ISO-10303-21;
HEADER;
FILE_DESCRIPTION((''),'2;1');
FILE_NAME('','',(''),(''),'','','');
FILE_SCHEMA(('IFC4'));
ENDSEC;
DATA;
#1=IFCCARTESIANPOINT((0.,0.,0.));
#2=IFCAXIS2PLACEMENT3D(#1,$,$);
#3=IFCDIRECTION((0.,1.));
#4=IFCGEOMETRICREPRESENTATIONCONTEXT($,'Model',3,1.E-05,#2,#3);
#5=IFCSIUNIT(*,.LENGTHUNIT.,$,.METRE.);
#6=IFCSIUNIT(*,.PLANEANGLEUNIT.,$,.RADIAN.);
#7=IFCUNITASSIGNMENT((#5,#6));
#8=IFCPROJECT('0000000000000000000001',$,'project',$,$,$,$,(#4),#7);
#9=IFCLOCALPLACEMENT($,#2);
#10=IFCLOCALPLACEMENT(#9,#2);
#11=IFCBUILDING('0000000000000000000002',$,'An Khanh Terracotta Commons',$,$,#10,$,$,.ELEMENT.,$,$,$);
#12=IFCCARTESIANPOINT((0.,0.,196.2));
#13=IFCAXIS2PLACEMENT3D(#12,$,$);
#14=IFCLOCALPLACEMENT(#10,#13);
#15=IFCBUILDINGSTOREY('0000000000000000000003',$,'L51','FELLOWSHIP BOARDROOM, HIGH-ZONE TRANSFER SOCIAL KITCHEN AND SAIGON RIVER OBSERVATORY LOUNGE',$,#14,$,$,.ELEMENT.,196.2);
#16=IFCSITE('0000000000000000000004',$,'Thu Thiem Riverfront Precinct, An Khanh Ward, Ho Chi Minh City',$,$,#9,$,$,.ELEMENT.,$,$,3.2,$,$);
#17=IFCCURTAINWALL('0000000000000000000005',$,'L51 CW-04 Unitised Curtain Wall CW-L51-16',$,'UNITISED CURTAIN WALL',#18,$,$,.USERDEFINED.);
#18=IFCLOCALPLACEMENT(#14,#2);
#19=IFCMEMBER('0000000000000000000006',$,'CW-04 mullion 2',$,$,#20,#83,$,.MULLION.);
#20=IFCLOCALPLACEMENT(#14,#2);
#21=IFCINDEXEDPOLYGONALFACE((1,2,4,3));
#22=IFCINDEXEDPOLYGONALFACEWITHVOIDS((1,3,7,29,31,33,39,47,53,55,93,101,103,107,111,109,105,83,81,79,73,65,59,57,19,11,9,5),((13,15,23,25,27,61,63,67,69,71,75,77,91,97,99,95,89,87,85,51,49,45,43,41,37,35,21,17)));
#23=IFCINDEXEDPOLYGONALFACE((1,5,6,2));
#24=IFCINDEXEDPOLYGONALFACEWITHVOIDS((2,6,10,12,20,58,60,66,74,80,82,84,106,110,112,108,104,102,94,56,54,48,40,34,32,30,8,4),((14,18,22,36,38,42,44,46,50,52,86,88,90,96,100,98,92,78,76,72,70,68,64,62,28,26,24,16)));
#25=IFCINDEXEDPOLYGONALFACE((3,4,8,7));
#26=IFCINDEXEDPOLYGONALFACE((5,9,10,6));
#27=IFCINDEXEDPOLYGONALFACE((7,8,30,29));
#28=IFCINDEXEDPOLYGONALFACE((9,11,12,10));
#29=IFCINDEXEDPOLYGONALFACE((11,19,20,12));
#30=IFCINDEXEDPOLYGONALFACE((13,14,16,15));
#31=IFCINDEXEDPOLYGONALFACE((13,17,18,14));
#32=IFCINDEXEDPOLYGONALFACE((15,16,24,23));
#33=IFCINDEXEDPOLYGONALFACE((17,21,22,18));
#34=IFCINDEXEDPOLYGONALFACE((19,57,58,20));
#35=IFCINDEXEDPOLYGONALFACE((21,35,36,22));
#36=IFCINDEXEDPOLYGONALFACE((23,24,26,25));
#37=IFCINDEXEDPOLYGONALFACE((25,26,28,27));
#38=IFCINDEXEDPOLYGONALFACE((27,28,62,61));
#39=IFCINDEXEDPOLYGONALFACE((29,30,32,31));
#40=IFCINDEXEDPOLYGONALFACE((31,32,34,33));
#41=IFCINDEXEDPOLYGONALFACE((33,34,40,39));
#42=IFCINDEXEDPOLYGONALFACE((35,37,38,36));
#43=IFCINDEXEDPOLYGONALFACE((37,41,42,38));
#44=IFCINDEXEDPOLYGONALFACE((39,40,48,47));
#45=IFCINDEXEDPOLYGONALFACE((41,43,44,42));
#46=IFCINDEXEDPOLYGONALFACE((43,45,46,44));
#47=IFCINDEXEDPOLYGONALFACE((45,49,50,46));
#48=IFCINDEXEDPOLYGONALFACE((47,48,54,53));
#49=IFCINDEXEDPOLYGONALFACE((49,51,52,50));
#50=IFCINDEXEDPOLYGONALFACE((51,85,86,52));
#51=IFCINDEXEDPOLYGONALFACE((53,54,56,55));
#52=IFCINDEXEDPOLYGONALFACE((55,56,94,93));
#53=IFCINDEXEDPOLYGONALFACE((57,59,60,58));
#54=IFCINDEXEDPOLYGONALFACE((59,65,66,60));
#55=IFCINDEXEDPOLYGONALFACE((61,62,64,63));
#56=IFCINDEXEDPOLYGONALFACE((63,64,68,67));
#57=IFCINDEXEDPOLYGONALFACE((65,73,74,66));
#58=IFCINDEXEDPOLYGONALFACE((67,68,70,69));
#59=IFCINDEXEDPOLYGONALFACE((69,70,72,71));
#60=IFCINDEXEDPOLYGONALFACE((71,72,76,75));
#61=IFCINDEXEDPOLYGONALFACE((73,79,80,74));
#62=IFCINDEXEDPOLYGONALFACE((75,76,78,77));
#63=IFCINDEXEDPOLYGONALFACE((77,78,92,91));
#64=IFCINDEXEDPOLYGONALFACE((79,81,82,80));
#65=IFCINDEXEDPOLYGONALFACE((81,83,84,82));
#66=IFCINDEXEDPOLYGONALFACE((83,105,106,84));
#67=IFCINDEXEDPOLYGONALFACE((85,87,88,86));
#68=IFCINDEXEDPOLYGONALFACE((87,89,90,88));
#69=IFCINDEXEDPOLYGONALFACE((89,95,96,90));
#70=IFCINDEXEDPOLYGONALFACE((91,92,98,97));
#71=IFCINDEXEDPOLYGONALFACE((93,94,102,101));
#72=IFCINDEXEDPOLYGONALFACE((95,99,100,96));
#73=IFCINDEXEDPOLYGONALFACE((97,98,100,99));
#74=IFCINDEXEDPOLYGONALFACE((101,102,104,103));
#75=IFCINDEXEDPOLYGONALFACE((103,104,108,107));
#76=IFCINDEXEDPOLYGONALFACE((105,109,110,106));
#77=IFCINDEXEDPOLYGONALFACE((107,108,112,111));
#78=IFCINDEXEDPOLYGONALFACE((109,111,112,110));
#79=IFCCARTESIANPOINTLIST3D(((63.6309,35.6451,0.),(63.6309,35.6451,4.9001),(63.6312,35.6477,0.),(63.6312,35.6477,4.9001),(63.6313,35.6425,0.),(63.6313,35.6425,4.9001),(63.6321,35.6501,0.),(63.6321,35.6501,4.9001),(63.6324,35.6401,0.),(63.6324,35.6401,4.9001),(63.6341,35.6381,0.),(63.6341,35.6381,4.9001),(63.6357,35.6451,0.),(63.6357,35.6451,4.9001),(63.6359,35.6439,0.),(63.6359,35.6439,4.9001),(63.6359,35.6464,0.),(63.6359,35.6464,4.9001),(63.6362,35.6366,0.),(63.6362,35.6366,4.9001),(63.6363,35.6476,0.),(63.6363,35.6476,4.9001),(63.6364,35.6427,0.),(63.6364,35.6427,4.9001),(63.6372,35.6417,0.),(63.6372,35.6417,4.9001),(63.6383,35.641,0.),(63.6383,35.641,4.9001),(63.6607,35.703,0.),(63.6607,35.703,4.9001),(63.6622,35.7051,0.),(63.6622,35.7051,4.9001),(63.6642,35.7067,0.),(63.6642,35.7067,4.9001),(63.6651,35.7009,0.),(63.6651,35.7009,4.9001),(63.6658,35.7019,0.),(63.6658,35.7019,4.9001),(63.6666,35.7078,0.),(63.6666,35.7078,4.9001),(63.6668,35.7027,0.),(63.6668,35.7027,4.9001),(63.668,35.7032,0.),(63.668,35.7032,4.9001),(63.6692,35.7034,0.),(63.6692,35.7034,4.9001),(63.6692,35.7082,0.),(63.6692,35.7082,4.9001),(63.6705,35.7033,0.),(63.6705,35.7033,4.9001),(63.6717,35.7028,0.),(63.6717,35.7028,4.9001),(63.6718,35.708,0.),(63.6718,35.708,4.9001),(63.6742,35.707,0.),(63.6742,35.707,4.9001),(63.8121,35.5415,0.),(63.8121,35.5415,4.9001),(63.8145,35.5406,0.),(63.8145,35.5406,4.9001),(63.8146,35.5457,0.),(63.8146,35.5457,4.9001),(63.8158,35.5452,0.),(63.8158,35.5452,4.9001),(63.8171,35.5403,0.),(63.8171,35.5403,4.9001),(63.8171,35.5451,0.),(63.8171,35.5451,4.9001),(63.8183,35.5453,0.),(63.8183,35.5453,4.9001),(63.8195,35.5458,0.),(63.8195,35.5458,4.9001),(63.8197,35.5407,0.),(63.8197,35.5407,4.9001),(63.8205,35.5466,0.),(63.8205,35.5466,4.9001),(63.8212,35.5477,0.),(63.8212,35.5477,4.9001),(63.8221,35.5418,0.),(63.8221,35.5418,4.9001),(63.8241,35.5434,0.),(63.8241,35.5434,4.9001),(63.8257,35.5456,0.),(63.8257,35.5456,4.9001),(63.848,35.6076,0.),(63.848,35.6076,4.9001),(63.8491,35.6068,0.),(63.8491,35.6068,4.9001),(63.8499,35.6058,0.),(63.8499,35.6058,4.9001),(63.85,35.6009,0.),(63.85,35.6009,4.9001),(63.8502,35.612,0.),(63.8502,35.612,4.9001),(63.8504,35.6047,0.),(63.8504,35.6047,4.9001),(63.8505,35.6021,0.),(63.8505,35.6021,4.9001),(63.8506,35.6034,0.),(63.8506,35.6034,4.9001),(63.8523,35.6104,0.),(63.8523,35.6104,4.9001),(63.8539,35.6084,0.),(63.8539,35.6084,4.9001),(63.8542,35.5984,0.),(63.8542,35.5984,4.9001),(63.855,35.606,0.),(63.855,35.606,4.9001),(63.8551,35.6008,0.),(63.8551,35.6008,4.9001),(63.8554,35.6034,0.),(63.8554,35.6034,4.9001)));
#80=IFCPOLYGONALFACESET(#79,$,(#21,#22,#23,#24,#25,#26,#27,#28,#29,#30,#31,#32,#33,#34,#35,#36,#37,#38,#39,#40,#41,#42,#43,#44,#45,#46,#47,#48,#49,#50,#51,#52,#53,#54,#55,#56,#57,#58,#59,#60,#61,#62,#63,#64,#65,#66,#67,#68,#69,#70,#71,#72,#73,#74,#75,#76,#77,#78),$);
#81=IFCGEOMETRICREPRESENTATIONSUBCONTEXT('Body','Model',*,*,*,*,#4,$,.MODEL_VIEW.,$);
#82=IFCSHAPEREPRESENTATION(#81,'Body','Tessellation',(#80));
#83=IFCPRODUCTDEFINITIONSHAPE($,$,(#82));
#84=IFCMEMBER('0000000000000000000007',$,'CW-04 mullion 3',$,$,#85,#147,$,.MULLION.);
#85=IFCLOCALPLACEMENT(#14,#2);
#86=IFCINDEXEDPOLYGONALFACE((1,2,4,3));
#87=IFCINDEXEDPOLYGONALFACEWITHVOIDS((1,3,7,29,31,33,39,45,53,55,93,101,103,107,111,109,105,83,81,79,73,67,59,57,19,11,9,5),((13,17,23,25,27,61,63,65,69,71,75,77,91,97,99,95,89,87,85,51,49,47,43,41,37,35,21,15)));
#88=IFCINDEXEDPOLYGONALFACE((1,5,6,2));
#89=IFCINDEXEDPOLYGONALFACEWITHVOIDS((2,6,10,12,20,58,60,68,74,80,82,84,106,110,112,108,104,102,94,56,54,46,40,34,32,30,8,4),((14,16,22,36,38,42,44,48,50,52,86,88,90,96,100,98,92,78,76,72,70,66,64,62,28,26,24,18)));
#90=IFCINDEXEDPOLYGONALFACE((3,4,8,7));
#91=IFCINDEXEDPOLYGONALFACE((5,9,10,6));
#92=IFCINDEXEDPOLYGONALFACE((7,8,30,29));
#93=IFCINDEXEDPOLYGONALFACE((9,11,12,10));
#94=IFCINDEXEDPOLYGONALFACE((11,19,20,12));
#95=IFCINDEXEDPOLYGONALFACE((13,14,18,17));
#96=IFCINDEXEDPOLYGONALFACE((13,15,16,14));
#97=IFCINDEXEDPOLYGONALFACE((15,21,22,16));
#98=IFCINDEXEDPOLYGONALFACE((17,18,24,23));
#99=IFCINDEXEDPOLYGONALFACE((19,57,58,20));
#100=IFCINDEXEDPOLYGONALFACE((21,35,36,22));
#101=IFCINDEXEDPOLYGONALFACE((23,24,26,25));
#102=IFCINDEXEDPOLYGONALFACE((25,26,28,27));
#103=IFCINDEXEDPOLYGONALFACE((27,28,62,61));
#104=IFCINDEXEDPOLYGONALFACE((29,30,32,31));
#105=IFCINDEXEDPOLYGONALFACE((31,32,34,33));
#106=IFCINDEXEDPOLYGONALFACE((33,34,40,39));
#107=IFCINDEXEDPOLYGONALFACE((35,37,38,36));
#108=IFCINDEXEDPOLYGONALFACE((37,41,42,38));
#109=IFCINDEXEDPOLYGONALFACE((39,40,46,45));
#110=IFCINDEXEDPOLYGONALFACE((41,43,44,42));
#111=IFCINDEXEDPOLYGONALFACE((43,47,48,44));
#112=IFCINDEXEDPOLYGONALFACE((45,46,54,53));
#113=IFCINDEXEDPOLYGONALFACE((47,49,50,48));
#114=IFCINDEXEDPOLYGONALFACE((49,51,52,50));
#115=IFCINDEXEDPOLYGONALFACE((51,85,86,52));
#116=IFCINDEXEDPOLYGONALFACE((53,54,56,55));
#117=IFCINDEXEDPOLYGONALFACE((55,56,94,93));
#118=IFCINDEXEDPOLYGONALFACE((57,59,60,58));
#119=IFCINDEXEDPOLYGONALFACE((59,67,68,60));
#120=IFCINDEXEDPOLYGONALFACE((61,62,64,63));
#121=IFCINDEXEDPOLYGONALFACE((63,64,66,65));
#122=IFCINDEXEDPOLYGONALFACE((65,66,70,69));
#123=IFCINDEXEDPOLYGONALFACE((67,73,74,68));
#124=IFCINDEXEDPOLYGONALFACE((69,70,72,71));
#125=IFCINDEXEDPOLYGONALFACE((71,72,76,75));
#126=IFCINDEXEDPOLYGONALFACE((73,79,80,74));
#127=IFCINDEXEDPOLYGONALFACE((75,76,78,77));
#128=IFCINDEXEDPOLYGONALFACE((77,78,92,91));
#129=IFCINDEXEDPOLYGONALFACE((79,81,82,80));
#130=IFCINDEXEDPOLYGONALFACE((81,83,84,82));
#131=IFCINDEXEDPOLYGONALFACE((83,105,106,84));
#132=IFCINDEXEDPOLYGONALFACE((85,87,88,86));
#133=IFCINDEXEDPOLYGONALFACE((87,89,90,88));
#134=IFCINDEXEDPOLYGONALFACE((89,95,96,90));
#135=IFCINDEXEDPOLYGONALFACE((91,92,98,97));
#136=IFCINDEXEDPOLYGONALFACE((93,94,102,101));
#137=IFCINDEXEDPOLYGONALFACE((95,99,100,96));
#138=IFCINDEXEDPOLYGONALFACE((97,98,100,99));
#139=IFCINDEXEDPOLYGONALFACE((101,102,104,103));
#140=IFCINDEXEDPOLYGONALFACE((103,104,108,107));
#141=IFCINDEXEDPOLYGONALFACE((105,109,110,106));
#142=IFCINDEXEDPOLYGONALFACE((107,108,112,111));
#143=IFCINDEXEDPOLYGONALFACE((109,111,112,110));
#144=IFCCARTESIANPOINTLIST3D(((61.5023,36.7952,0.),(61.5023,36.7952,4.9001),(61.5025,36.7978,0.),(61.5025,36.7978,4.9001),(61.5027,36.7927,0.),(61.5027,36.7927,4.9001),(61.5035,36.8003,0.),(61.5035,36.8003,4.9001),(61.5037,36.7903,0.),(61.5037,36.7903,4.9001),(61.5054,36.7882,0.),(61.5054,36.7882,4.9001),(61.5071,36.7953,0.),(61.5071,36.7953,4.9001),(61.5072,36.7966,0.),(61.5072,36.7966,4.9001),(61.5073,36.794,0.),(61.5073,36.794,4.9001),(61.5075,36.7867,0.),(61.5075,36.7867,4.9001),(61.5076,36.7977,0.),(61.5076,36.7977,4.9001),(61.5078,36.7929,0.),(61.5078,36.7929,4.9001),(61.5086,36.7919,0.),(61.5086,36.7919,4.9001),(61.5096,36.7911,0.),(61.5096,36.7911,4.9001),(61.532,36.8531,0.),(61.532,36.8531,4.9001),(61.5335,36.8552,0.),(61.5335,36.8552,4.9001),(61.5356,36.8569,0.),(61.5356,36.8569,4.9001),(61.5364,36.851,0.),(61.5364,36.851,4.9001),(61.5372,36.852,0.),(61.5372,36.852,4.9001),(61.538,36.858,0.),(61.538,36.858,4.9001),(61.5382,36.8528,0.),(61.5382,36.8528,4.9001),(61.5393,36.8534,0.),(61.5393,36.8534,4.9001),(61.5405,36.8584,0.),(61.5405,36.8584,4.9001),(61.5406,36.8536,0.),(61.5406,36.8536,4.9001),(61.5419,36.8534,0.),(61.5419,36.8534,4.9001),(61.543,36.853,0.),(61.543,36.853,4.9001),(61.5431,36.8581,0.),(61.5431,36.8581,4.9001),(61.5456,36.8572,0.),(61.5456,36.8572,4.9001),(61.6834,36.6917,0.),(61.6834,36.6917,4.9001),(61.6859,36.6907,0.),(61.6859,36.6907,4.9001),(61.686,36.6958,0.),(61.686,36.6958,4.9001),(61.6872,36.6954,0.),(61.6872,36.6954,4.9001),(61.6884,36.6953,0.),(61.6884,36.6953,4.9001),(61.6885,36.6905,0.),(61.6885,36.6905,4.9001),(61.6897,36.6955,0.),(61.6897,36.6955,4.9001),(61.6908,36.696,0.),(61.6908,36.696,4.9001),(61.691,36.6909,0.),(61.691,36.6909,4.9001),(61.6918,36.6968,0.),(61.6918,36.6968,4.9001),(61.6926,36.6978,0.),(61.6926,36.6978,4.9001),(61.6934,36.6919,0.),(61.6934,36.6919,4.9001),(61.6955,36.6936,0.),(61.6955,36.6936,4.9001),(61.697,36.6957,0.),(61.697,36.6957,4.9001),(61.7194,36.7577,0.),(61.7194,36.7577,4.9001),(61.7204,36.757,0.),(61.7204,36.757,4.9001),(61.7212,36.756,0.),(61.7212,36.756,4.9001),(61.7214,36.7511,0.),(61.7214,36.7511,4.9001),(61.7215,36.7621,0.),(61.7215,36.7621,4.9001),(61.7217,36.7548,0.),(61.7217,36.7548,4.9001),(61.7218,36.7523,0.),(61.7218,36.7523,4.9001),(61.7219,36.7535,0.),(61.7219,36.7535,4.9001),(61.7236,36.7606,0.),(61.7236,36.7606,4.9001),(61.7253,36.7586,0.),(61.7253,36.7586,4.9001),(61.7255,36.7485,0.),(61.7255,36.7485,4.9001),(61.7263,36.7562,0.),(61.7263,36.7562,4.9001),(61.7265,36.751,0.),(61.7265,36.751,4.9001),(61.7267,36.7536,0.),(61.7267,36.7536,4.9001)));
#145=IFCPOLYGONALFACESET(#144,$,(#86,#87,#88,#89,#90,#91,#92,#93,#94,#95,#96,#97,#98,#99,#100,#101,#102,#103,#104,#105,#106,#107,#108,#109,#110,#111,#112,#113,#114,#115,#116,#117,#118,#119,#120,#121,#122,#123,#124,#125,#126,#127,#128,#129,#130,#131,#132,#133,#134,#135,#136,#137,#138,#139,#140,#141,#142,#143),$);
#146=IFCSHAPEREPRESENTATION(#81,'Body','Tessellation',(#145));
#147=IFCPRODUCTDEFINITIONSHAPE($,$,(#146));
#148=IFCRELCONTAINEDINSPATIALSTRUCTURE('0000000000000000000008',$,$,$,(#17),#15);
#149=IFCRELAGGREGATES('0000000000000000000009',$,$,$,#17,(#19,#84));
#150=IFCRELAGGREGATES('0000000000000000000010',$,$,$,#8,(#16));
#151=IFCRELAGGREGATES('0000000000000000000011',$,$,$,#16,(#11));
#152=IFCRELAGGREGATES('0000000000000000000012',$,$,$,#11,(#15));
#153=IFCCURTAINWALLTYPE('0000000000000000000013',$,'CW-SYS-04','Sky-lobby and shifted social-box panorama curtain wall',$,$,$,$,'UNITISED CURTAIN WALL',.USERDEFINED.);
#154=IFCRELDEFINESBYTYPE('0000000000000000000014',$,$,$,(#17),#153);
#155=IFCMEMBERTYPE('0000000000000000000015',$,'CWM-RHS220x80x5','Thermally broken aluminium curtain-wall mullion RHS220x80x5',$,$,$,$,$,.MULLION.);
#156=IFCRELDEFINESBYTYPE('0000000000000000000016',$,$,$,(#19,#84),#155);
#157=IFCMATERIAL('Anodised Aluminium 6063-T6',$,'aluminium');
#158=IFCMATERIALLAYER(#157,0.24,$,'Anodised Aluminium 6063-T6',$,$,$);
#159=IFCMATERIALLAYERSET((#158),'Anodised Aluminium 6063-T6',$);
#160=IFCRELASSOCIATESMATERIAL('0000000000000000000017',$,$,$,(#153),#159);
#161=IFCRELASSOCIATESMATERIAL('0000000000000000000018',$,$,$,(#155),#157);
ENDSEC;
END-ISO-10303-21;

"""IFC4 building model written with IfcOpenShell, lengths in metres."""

from ifc_helpers import new_model, si_unit, direction, frame, origin, origin_2d, place, context, subcontext, project, spatial, hollow_rectangle, extrude, material, layer, layer_set, material_profile, profile_set, type_object, element, aggregate, save


model = new_model("IFC4")

# Units and contexts
model_context = context("Model", 3, precision=1e-05, world=origin(), true_north=direction((0.0, 1.0)))
body_context = subcontext(model_context, "Body", "Model", "MODEL_VIEW")
ifc_project = project(units=[si_unit("LENGTHUNIT", "METRE"), si_unit("PLANEANGLEUNIT", "RADIAN")], contexts=[model_context])

# Site, building, storey
site_placement = place(None, origin())
site = spatial("IfcSite", under=ifc_project, at=site_placement, Name="Thu Thiem Riverfront Precinct, An Khanh Ward, Ho Chi Minh City", CompositionType="ELEMENT", RefElevation=3.2)
building_placement = place(site_placement, origin())
building = spatial("IfcBuilding", under=site, at=building_placement, Name="An Khanh Terracotta Commons", CompositionType="ELEMENT")
storey_placement = place(building_placement, frame((0.0, 0.0, 196.2)))
storey = spatial("IfcBuildingStorey", under=building, at=storey_placement, Name="L51", Description="FELLOWSHIP BOARDROOM, HIGH-ZONE TRANSFER SOCIAL KITCHEN AND SAIGON RIVER OBSERVATORY LOUNGE", CompositionType="ELEMENT", Elevation=196.2)

# Curtain wall, members
ifc_material_1 = material(Name="Anodised Aluminium 6063-T6", Category="aluminium")
ifc_layer_1 = layer(ifc_material_1, 0.24, Name="Anodised Aluminium 6063-T6")
ifc_layer_set_1 = layer_set([ifc_layer_1], Name="Anodised Aluminium 6063-T6")
curtain_wall_type = type_object("IfcCurtainWallType", Name="CW-SYS-04", Description="Sky-lobby and shifted social-box panorama curtain wall", ElementType="UNITISED CURTAIN WALL", PredefinedType="USERDEFINED", material=ifc_layer_set_1)
curtain_wall_placement = place(storey_placement, origin())
curtain_wall = element("IfcCurtainWall", 1, at=curtain_wall_placement, inside=storey, type_object=curtain_wall_type, Name="L51 CW-04 Unitised Curtain Wall CW-L51-16", ObjectType="UNITISED CURTAIN WALL", PredefinedType="USERDEFINED")
ifc_material_profile_1 = material_profile(ifc_material_1, hollow_rectangle(XDim=0.0801, YDim=0.22, WallThickness=0.0049, InnerFilletRadius=0.0049, OuterFilletRadius=0.01, at=origin_2d()), Name="RHS220x80x5")
ifc_profile_set_1 = profile_set([ifc_material_profile_1], Name="Anodised Aluminium 6063-T6")
member_type_1 = type_object("IfcMemberType", Name="CWM-RHS220x80x5", Description="Thermally broken aluminium curtain-wall mullion RHS220x80x5", PredefinedType="MULLION", material=ifc_profile_set_1)
member_1_placement = place(storey_placement, frame((63.7432, 35.6243, 0.0), z_axis=(0.0, 0.0, 1.0), x_axis=(-0.475381, -0.87978, 0.0)))
member_1 = element("IfcMember", 2, at=member_1_placement, type_object=member_type_1, Name="CW-04 mullion 2", PredefinedType="MULLION", context=body_context, shape_type="SweptSolid", body=[
    extrude(hollow_rectangle(XDim=0.0801, YDim=0.22, WallThickness=0.0049, InnerFilletRadius=0.0049, OuterFilletRadius=0.01, at=origin_2d()), origin(), (0.0, 0.0, 1.0), 4.9001),
])
member_2_placement = place(storey_placement, frame((61.6145, 36.7744, 0.0), z_axis=(0.0, 0.0, 1.0), x_axis=(-0.475381, -0.87978, 0.0)))
member_2 = element("IfcMember", 3, at=member_2_placement, type_object=member_type_1, Name="CW-04 mullion 3", PredefinedType="MULLION", context=body_context, shape_type="SweptSolid", body=[
    extrude(hollow_rectangle(XDim=0.0801, YDim=0.22, WallThickness=0.0049, InnerFilletRadius=0.0049, OuterFilletRadius=0.01, at=origin_2d()), origin(), (0.0, 0.0, 1.0), 4.9001),
])
aggregate(curtain_wall, [member_1, member_2])

save(model, "model.ifc")
